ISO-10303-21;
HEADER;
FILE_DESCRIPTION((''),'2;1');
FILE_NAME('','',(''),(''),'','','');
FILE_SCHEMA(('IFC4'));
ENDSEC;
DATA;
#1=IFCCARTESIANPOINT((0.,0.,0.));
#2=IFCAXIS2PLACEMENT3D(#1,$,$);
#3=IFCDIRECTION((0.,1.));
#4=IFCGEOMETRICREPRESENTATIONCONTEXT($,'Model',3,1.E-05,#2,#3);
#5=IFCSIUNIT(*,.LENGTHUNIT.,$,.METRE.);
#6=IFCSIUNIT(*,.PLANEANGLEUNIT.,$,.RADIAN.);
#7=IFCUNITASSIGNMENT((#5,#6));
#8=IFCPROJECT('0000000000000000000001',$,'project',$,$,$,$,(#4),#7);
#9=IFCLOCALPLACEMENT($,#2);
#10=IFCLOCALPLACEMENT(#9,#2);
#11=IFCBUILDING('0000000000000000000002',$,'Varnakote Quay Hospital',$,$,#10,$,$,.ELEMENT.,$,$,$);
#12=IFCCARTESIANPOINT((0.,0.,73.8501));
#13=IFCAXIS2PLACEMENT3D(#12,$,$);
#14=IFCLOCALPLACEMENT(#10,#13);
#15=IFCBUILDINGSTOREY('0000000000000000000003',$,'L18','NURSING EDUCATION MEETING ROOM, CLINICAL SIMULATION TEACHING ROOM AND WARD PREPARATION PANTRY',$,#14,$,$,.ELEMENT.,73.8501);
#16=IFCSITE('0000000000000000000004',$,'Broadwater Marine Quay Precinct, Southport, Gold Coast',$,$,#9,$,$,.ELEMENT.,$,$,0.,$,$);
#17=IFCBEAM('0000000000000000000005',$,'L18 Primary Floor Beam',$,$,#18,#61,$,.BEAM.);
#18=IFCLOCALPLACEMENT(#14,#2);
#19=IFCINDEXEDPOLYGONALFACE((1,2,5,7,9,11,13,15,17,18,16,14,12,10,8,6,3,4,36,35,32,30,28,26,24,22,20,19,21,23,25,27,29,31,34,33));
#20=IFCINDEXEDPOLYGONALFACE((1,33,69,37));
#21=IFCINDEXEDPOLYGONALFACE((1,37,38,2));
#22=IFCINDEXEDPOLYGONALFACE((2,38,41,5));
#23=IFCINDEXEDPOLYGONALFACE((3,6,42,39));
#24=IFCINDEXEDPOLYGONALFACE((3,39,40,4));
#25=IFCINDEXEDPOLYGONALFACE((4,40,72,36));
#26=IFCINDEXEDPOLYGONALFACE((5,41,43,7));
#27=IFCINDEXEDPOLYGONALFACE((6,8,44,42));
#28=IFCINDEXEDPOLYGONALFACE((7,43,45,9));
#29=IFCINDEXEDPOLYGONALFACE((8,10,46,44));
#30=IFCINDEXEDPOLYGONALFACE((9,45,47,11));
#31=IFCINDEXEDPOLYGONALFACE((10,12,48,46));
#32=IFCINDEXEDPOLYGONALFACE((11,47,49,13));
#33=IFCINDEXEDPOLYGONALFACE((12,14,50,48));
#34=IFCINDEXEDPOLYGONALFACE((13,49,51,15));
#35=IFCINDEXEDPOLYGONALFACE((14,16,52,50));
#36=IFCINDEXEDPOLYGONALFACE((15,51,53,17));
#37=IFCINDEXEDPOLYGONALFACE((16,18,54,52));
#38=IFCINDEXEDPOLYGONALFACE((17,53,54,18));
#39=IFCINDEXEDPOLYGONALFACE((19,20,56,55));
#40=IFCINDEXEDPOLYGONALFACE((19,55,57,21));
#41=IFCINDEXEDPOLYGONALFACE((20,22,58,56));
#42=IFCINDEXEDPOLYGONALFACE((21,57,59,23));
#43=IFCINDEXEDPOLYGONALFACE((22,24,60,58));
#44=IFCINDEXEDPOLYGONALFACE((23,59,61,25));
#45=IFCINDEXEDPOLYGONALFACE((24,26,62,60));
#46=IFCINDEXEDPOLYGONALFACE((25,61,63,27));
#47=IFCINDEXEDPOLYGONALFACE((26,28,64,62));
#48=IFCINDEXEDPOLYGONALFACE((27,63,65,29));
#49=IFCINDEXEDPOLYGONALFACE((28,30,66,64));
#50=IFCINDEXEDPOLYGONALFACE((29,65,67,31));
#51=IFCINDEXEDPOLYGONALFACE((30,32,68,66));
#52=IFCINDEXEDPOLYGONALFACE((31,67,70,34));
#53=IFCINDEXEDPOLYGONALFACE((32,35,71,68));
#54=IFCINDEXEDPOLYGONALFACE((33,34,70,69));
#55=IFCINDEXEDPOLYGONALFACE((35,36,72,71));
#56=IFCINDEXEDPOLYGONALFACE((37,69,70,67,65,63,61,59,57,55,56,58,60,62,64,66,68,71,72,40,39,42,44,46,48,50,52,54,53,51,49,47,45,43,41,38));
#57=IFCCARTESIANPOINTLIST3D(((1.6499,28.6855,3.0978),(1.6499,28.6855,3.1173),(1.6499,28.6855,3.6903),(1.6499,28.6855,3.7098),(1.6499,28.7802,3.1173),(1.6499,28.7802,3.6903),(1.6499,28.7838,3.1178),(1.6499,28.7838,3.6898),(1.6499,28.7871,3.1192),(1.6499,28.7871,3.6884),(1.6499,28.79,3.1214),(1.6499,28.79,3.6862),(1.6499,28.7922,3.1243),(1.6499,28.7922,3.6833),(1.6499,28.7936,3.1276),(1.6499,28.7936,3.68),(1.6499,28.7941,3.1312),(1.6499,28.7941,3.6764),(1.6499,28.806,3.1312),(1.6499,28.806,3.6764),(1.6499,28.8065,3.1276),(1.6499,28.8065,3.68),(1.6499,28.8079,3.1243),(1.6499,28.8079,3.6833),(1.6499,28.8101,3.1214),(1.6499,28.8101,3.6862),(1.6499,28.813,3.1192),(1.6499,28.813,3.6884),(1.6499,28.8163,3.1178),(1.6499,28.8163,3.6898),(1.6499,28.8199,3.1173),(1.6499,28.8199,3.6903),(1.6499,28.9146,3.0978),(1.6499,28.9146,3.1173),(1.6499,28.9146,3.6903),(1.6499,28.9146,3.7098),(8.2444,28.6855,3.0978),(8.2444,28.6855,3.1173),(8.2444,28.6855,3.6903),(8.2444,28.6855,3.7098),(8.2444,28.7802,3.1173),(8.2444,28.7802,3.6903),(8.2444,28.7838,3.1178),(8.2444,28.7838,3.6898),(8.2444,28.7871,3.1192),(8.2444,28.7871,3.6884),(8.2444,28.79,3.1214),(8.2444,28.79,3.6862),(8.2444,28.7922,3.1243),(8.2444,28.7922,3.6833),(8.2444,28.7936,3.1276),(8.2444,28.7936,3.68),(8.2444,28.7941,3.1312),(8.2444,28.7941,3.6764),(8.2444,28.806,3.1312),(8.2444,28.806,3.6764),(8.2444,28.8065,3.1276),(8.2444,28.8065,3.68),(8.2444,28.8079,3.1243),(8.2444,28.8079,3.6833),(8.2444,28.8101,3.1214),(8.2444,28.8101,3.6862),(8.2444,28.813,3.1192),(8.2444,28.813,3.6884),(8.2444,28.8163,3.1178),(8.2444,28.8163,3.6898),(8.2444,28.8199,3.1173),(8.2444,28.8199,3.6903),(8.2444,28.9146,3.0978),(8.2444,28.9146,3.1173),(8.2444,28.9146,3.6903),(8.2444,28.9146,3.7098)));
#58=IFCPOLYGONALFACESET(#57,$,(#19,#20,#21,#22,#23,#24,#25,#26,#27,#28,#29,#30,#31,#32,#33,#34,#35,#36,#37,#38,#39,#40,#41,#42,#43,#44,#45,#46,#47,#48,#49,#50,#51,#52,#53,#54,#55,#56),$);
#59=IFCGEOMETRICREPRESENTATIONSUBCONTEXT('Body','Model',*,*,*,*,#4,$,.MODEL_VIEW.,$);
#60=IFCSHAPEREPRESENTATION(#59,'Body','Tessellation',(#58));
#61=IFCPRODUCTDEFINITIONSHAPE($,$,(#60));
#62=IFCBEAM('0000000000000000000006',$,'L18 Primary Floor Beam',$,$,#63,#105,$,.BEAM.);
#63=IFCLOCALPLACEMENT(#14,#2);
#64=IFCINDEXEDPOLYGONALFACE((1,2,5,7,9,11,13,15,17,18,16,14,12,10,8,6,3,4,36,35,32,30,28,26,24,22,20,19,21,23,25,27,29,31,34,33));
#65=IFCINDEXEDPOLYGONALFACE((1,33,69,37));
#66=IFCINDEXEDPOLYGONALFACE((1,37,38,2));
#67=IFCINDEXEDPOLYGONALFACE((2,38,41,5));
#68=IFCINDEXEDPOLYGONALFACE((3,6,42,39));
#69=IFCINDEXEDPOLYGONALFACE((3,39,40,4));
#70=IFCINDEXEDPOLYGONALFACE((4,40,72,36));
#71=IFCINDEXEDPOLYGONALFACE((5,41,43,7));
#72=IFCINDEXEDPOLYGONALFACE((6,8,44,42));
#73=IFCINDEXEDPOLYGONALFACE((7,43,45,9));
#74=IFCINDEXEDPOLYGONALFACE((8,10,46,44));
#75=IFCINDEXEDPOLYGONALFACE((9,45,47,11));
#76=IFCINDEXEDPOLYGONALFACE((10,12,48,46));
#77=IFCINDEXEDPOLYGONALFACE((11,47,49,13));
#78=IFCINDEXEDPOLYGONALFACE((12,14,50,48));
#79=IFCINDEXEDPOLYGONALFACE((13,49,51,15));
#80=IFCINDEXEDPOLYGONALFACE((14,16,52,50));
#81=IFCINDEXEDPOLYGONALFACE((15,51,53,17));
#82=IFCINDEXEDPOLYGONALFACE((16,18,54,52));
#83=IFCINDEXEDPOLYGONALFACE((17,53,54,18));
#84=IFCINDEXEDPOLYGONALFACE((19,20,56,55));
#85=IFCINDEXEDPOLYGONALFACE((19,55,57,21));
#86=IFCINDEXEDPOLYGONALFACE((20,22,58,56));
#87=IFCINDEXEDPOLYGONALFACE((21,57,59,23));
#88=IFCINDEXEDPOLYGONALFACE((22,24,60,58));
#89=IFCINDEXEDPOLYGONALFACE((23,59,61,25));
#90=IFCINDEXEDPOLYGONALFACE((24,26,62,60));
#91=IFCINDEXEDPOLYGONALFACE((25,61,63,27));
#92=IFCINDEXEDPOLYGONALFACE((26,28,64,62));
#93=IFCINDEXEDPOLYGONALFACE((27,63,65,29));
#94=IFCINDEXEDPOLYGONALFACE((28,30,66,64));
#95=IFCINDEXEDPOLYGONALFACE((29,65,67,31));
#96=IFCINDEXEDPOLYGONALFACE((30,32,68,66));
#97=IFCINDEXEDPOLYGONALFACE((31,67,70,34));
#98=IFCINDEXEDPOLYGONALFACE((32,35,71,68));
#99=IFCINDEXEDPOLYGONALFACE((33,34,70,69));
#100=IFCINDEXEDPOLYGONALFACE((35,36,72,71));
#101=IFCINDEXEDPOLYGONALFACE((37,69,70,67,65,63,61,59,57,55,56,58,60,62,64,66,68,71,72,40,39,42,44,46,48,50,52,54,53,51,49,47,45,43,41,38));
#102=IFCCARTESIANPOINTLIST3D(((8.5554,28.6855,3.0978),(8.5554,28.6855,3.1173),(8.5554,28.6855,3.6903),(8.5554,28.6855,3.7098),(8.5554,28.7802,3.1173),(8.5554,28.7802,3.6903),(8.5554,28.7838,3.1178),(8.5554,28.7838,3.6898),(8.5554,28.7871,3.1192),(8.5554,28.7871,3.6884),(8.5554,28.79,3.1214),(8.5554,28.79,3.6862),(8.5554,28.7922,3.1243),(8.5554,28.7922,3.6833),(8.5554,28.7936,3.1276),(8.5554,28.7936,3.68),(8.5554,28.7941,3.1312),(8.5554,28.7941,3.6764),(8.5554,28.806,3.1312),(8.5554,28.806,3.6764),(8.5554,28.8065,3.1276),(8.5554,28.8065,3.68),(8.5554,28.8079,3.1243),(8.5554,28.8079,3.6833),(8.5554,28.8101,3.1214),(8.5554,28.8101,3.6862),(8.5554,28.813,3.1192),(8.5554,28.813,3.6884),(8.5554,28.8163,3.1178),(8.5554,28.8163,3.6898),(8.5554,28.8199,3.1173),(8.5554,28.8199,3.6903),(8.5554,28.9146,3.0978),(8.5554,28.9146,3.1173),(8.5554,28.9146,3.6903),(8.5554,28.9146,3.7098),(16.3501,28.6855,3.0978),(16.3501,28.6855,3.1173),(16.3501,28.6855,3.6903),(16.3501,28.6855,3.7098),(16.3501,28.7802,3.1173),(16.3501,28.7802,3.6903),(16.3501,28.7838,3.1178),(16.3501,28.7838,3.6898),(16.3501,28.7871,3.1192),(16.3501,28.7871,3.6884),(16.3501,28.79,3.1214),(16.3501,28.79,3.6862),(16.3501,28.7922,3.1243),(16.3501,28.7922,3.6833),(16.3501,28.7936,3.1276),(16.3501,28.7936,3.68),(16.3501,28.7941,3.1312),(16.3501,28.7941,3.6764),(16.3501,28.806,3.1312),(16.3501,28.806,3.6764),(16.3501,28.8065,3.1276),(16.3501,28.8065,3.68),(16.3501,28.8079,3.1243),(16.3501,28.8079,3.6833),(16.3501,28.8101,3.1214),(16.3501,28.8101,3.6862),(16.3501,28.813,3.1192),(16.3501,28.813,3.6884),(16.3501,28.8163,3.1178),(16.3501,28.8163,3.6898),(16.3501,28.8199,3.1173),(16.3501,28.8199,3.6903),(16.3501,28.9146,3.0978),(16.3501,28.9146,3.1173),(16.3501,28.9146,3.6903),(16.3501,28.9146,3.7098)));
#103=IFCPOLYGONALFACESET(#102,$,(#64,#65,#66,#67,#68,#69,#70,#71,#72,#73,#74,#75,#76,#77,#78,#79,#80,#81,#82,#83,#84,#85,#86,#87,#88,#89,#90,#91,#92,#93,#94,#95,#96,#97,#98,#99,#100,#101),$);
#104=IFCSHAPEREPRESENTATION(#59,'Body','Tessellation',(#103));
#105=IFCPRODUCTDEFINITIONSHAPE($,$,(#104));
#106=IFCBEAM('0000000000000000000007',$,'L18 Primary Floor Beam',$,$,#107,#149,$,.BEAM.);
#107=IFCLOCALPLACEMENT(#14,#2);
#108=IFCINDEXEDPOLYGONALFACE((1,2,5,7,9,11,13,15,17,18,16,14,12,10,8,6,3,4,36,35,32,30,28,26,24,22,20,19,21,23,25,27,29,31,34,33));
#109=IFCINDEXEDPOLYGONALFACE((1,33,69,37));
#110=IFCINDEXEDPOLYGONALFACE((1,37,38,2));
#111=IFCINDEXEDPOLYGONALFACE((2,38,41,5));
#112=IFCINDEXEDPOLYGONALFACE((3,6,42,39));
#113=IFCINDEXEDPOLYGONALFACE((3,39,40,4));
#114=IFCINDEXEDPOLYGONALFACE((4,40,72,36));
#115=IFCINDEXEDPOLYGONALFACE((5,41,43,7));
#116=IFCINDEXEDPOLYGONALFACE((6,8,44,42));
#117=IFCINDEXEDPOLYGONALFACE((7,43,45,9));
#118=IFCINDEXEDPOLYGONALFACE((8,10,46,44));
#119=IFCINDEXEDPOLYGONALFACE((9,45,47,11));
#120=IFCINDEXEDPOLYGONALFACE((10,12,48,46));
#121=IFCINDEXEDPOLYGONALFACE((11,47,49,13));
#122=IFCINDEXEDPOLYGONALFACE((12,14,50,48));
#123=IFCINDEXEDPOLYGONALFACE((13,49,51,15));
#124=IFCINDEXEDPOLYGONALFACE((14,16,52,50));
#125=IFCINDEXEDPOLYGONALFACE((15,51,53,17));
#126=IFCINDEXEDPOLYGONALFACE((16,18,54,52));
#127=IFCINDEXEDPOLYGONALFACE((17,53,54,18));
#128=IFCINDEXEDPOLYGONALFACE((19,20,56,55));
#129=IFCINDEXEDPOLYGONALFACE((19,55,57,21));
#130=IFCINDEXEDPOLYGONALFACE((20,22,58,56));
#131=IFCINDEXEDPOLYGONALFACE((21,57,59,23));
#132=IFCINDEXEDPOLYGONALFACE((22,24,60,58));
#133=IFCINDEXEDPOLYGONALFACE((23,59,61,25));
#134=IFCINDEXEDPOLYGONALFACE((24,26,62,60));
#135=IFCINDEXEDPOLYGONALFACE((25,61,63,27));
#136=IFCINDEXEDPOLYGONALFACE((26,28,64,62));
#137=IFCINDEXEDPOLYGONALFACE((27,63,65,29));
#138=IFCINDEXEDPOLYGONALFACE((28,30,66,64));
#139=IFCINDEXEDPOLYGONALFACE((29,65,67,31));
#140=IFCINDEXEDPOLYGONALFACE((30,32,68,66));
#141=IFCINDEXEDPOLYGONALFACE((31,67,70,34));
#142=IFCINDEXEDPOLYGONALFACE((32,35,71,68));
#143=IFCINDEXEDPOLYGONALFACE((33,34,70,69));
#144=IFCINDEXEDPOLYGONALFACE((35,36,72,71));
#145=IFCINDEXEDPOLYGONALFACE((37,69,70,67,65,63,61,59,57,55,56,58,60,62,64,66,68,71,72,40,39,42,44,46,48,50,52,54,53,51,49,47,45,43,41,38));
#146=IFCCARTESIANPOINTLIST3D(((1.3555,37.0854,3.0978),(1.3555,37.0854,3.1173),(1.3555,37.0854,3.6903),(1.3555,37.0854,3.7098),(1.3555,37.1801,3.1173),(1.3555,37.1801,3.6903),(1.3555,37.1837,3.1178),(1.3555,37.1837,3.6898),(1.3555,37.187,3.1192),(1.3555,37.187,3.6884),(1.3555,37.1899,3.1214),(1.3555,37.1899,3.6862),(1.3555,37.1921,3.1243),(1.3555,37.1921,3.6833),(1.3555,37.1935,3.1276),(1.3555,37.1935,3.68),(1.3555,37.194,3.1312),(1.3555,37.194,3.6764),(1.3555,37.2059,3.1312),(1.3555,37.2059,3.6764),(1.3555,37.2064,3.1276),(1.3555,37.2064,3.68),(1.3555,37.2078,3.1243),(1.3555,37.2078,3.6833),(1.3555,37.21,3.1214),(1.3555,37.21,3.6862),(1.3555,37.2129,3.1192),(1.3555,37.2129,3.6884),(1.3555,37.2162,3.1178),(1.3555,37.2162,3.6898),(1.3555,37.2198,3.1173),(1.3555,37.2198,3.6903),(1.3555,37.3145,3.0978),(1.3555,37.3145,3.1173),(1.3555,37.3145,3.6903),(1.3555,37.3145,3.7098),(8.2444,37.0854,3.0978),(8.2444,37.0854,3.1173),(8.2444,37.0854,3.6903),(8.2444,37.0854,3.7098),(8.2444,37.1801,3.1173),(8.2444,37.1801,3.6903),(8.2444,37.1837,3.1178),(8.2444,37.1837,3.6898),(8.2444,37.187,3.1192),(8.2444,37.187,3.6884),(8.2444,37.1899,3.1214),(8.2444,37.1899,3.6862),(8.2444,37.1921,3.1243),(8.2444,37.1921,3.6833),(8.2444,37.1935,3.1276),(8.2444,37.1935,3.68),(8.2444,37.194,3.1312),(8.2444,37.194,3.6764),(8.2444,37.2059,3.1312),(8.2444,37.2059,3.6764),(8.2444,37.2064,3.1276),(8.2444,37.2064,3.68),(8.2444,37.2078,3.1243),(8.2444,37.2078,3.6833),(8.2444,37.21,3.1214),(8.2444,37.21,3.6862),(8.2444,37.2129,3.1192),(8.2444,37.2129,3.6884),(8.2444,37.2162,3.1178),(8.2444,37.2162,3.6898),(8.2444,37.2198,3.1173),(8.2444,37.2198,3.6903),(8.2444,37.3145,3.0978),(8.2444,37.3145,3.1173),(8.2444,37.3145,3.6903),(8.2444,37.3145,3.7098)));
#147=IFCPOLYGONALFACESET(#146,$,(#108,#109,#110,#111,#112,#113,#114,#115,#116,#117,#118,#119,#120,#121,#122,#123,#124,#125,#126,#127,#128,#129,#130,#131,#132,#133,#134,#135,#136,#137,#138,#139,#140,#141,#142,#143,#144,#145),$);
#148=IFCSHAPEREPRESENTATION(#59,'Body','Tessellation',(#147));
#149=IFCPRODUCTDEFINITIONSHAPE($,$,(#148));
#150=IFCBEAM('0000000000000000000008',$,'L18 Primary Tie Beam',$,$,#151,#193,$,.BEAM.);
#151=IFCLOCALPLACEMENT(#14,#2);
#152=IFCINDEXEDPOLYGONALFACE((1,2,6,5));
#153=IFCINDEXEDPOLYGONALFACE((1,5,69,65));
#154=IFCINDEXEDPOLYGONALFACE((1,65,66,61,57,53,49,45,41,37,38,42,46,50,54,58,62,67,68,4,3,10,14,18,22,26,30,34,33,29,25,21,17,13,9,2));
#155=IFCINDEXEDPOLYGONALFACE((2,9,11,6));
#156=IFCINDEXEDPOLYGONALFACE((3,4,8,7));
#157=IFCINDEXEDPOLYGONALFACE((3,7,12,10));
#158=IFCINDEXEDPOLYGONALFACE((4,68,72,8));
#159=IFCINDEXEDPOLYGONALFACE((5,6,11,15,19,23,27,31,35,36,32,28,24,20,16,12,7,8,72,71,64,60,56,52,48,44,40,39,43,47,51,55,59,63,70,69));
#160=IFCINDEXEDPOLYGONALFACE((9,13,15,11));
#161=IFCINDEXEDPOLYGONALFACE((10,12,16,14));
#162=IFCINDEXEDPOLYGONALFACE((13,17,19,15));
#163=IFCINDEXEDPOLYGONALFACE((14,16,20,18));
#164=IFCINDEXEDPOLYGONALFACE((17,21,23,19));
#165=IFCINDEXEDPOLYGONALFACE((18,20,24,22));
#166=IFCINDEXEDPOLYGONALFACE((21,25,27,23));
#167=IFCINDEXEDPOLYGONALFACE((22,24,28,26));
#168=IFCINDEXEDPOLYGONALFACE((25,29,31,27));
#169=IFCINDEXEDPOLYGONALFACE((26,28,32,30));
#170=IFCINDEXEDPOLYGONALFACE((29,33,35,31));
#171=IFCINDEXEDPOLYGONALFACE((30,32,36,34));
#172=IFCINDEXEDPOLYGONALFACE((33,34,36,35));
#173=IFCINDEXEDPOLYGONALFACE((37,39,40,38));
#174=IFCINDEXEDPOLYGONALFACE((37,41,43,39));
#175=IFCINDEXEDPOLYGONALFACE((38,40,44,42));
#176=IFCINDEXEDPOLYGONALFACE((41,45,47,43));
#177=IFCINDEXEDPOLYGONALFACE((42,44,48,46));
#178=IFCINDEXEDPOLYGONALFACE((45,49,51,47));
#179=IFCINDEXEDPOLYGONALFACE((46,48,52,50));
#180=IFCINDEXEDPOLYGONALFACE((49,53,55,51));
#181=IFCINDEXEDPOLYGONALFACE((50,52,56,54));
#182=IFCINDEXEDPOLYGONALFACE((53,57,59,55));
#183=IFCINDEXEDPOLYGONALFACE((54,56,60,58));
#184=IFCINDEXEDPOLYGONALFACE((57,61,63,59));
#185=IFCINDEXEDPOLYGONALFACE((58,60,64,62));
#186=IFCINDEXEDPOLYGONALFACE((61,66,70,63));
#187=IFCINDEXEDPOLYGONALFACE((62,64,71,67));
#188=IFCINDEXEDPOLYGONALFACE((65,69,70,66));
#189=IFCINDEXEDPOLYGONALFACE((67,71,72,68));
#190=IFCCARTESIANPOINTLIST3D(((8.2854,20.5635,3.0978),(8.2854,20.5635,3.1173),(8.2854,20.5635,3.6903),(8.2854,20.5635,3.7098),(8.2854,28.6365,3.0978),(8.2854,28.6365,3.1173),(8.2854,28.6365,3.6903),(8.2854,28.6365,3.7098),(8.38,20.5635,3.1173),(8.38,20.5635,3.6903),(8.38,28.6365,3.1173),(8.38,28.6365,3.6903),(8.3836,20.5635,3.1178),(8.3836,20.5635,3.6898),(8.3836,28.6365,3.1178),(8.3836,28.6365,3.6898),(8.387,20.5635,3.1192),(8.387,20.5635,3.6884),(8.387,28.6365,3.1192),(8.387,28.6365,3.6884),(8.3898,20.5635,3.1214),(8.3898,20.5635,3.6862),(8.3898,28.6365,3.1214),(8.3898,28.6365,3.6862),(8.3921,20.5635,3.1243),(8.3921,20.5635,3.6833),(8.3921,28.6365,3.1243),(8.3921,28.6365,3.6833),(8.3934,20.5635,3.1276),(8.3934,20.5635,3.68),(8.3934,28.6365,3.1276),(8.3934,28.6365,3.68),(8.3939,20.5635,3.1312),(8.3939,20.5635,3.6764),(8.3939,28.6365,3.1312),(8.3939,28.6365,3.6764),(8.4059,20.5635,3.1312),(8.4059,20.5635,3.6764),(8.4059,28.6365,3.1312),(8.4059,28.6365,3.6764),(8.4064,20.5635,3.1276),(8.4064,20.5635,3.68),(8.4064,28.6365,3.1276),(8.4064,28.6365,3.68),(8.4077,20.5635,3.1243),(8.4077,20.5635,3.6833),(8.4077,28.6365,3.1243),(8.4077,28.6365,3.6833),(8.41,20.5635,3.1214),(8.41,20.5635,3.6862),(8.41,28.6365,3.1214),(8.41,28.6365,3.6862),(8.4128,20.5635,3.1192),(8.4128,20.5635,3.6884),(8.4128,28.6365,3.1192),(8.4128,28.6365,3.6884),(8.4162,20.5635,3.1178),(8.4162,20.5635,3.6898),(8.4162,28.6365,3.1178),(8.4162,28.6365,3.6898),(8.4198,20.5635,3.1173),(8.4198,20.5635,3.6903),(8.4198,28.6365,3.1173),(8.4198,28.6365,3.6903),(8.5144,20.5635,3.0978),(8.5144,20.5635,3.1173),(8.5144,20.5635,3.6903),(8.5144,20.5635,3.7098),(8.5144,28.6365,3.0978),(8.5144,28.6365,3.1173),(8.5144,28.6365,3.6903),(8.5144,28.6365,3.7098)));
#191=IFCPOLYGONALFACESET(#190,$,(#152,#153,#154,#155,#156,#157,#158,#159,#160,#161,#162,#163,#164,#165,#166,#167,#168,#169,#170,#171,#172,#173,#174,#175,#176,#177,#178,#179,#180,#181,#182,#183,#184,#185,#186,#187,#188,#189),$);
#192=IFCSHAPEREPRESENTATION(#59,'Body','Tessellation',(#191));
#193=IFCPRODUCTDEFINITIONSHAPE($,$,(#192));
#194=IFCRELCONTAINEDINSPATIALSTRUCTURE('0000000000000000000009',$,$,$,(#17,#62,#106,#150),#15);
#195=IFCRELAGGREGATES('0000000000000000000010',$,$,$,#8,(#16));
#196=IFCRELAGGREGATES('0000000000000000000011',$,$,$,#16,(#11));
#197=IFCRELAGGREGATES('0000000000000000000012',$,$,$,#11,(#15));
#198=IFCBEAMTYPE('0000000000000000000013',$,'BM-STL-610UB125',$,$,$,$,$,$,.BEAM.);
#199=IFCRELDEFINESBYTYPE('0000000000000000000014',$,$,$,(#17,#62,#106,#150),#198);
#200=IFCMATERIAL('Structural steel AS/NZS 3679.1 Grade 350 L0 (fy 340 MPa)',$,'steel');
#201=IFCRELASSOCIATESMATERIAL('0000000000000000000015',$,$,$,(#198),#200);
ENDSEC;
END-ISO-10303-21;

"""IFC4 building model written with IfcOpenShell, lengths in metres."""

from ifc_helpers import new_model, si_unit, direction, frame, origin, origin_2d, place, context, subcontext, project, spatial, i_section, extrude, material, material_profile, profile_set, type_object, element, save


model = new_model("IFC4")

# Units and contexts
model_context = context("Model", 3, precision=1e-05, world=origin(), true_north=direction((0.0, 1.0)))
body_context = subcontext(model_context, "Body", "Model", "MODEL_VIEW")
ifc_project = project(units=[si_unit("LENGTHUNIT", "METRE"), si_unit("PLANEANGLEUNIT", "RADIAN")], contexts=[model_context])

# Site, building, storey
site_placement = place(None, origin())
site = spatial("IfcSite", under=ifc_project, at=site_placement, Name="Broadwater Marine Quay Precinct, Southport, Gold Coast", CompositionType="ELEMENT", RefElevation=0.0)
building_placement = place(site_placement, origin())
building = spatial("IfcBuilding", under=site, at=building_placement, Name="Varnakote Quay Hospital", CompositionType="ELEMENT")
storey_placement = place(building_placement, frame((0.0, 0.0, 73.8501)))
storey = spatial("IfcBuildingStorey", under=building, at=storey_placement, Name="L18", Description="NURSING EDUCATION MEETING ROOM, CLINICAL SIMULATION TEACHING ROOM AND WARD PREPARATION PANTRY", CompositionType="ELEMENT", Elevation=73.8501)

# Beams
ifc_material_1 = material(Name="Structural steel AS/NZS 3679.1 Grade 350 L0 (fy 340 MPa)", Category="steel")
ifc_material_profile_1 = material_profile(ifc_material_1, i_section(OverallWidth=0.229, OverallDepth=0.6121, WebThickness=0.012, FlangeThickness=0.0195, FilletRadius=0.0139, at=origin_2d()), Name="610UB125")
ifc_profile_set_1 = profile_set([ifc_material_profile_1], Name="Structural steel AS/NZS 3679.1 Grade 350 L0 (fy 340 MPa)")
beam_type_1 = type_object("IfcBeamType", Name="BM-STL-610UB125", PredefinedType="BEAM", material=ifc_profile_set_1)
beam_1_placement = place(storey_placement, frame((1.6499, 28.8, 3.4038), z_axis=(1.0, 0.0, 0.0), x_axis=(0.0, 1.0, 0.0)))
element("IfcBeam", 1, at=beam_1_placement, inside=storey, type_object=beam_type_1, Name="L18 Primary Floor Beam", PredefinedType="BEAM", context=body_context, shape_type="SweptSolid", body=[
    extrude(i_section(OverallWidth=0.229, OverallDepth=0.6121, WebThickness=0.012, FlangeThickness=0.0195, FilletRadius=0.0139, at=origin_2d()), origin(), (0.0, 0.0, 1.0), 6.5945),
])
beam_2_placement = place(storey_placement, frame((8.5554, 28.8, 3.4038), z_axis=(1.0, 0.0, 0.0), x_axis=(0.0, 1.0, 0.0)))
element("IfcBeam", 2, at=beam_2_placement, inside=storey, type_object=beam_type_1, Name="L18 Primary Floor Beam", PredefinedType="BEAM", context=body_context, shape_type="SweptSolid", body=[
    extrude(i_section(OverallWidth=0.229, OverallDepth=0.6121, WebThickness=0.012, FlangeThickness=0.0195, FilletRadius=0.0139, at=origin_2d()), origin(), (0.0, 0.0, 1.0), 7.7947),
])
beam_3_placement = place(storey_placement, frame((1.3555, 37.2, 3.4038), z_axis=(1.0, 0.0, 0.0), x_axis=(0.0, 1.0, 0.0)))
element("IfcBeam", 3, at=beam_3_placement, inside=storey, type_object=beam_type_1, Name="L18 Primary Floor Beam", PredefinedType="BEAM", context=body_context, shape_type="SweptSolid", body=[
    extrude(i_section(OverallWidth=0.229, OverallDepth=0.6121, WebThickness=0.012, FlangeThickness=0.0195, FilletRadius=0.0139, at=origin_2d()), origin(), (0.0, 0.0, 1.0), 6.8889),
])
beam_4_placement = place(storey_placement, frame((8.3999, 20.5635, 3.4038), z_axis=(0.0, 1.0, 0.0), x_axis=(-1.0, 0.0, 0.0)))
element("IfcBeam", 4, at=beam_4_placement, inside=storey, type_object=beam_type_1, Name="L18 Primary Tie Beam", PredefinedType="BEAM", context=body_context, shape_type="SweptSolid", body=[
    extrude(i_section(OverallWidth=0.229, OverallDepth=0.6121, WebThickness=0.012, FlangeThickness=0.0195, FilletRadius=0.0139, at=origin_2d()), origin(), (0.0, 0.0, 1.0), 8.073),
])

save(model, "model.ifc")
